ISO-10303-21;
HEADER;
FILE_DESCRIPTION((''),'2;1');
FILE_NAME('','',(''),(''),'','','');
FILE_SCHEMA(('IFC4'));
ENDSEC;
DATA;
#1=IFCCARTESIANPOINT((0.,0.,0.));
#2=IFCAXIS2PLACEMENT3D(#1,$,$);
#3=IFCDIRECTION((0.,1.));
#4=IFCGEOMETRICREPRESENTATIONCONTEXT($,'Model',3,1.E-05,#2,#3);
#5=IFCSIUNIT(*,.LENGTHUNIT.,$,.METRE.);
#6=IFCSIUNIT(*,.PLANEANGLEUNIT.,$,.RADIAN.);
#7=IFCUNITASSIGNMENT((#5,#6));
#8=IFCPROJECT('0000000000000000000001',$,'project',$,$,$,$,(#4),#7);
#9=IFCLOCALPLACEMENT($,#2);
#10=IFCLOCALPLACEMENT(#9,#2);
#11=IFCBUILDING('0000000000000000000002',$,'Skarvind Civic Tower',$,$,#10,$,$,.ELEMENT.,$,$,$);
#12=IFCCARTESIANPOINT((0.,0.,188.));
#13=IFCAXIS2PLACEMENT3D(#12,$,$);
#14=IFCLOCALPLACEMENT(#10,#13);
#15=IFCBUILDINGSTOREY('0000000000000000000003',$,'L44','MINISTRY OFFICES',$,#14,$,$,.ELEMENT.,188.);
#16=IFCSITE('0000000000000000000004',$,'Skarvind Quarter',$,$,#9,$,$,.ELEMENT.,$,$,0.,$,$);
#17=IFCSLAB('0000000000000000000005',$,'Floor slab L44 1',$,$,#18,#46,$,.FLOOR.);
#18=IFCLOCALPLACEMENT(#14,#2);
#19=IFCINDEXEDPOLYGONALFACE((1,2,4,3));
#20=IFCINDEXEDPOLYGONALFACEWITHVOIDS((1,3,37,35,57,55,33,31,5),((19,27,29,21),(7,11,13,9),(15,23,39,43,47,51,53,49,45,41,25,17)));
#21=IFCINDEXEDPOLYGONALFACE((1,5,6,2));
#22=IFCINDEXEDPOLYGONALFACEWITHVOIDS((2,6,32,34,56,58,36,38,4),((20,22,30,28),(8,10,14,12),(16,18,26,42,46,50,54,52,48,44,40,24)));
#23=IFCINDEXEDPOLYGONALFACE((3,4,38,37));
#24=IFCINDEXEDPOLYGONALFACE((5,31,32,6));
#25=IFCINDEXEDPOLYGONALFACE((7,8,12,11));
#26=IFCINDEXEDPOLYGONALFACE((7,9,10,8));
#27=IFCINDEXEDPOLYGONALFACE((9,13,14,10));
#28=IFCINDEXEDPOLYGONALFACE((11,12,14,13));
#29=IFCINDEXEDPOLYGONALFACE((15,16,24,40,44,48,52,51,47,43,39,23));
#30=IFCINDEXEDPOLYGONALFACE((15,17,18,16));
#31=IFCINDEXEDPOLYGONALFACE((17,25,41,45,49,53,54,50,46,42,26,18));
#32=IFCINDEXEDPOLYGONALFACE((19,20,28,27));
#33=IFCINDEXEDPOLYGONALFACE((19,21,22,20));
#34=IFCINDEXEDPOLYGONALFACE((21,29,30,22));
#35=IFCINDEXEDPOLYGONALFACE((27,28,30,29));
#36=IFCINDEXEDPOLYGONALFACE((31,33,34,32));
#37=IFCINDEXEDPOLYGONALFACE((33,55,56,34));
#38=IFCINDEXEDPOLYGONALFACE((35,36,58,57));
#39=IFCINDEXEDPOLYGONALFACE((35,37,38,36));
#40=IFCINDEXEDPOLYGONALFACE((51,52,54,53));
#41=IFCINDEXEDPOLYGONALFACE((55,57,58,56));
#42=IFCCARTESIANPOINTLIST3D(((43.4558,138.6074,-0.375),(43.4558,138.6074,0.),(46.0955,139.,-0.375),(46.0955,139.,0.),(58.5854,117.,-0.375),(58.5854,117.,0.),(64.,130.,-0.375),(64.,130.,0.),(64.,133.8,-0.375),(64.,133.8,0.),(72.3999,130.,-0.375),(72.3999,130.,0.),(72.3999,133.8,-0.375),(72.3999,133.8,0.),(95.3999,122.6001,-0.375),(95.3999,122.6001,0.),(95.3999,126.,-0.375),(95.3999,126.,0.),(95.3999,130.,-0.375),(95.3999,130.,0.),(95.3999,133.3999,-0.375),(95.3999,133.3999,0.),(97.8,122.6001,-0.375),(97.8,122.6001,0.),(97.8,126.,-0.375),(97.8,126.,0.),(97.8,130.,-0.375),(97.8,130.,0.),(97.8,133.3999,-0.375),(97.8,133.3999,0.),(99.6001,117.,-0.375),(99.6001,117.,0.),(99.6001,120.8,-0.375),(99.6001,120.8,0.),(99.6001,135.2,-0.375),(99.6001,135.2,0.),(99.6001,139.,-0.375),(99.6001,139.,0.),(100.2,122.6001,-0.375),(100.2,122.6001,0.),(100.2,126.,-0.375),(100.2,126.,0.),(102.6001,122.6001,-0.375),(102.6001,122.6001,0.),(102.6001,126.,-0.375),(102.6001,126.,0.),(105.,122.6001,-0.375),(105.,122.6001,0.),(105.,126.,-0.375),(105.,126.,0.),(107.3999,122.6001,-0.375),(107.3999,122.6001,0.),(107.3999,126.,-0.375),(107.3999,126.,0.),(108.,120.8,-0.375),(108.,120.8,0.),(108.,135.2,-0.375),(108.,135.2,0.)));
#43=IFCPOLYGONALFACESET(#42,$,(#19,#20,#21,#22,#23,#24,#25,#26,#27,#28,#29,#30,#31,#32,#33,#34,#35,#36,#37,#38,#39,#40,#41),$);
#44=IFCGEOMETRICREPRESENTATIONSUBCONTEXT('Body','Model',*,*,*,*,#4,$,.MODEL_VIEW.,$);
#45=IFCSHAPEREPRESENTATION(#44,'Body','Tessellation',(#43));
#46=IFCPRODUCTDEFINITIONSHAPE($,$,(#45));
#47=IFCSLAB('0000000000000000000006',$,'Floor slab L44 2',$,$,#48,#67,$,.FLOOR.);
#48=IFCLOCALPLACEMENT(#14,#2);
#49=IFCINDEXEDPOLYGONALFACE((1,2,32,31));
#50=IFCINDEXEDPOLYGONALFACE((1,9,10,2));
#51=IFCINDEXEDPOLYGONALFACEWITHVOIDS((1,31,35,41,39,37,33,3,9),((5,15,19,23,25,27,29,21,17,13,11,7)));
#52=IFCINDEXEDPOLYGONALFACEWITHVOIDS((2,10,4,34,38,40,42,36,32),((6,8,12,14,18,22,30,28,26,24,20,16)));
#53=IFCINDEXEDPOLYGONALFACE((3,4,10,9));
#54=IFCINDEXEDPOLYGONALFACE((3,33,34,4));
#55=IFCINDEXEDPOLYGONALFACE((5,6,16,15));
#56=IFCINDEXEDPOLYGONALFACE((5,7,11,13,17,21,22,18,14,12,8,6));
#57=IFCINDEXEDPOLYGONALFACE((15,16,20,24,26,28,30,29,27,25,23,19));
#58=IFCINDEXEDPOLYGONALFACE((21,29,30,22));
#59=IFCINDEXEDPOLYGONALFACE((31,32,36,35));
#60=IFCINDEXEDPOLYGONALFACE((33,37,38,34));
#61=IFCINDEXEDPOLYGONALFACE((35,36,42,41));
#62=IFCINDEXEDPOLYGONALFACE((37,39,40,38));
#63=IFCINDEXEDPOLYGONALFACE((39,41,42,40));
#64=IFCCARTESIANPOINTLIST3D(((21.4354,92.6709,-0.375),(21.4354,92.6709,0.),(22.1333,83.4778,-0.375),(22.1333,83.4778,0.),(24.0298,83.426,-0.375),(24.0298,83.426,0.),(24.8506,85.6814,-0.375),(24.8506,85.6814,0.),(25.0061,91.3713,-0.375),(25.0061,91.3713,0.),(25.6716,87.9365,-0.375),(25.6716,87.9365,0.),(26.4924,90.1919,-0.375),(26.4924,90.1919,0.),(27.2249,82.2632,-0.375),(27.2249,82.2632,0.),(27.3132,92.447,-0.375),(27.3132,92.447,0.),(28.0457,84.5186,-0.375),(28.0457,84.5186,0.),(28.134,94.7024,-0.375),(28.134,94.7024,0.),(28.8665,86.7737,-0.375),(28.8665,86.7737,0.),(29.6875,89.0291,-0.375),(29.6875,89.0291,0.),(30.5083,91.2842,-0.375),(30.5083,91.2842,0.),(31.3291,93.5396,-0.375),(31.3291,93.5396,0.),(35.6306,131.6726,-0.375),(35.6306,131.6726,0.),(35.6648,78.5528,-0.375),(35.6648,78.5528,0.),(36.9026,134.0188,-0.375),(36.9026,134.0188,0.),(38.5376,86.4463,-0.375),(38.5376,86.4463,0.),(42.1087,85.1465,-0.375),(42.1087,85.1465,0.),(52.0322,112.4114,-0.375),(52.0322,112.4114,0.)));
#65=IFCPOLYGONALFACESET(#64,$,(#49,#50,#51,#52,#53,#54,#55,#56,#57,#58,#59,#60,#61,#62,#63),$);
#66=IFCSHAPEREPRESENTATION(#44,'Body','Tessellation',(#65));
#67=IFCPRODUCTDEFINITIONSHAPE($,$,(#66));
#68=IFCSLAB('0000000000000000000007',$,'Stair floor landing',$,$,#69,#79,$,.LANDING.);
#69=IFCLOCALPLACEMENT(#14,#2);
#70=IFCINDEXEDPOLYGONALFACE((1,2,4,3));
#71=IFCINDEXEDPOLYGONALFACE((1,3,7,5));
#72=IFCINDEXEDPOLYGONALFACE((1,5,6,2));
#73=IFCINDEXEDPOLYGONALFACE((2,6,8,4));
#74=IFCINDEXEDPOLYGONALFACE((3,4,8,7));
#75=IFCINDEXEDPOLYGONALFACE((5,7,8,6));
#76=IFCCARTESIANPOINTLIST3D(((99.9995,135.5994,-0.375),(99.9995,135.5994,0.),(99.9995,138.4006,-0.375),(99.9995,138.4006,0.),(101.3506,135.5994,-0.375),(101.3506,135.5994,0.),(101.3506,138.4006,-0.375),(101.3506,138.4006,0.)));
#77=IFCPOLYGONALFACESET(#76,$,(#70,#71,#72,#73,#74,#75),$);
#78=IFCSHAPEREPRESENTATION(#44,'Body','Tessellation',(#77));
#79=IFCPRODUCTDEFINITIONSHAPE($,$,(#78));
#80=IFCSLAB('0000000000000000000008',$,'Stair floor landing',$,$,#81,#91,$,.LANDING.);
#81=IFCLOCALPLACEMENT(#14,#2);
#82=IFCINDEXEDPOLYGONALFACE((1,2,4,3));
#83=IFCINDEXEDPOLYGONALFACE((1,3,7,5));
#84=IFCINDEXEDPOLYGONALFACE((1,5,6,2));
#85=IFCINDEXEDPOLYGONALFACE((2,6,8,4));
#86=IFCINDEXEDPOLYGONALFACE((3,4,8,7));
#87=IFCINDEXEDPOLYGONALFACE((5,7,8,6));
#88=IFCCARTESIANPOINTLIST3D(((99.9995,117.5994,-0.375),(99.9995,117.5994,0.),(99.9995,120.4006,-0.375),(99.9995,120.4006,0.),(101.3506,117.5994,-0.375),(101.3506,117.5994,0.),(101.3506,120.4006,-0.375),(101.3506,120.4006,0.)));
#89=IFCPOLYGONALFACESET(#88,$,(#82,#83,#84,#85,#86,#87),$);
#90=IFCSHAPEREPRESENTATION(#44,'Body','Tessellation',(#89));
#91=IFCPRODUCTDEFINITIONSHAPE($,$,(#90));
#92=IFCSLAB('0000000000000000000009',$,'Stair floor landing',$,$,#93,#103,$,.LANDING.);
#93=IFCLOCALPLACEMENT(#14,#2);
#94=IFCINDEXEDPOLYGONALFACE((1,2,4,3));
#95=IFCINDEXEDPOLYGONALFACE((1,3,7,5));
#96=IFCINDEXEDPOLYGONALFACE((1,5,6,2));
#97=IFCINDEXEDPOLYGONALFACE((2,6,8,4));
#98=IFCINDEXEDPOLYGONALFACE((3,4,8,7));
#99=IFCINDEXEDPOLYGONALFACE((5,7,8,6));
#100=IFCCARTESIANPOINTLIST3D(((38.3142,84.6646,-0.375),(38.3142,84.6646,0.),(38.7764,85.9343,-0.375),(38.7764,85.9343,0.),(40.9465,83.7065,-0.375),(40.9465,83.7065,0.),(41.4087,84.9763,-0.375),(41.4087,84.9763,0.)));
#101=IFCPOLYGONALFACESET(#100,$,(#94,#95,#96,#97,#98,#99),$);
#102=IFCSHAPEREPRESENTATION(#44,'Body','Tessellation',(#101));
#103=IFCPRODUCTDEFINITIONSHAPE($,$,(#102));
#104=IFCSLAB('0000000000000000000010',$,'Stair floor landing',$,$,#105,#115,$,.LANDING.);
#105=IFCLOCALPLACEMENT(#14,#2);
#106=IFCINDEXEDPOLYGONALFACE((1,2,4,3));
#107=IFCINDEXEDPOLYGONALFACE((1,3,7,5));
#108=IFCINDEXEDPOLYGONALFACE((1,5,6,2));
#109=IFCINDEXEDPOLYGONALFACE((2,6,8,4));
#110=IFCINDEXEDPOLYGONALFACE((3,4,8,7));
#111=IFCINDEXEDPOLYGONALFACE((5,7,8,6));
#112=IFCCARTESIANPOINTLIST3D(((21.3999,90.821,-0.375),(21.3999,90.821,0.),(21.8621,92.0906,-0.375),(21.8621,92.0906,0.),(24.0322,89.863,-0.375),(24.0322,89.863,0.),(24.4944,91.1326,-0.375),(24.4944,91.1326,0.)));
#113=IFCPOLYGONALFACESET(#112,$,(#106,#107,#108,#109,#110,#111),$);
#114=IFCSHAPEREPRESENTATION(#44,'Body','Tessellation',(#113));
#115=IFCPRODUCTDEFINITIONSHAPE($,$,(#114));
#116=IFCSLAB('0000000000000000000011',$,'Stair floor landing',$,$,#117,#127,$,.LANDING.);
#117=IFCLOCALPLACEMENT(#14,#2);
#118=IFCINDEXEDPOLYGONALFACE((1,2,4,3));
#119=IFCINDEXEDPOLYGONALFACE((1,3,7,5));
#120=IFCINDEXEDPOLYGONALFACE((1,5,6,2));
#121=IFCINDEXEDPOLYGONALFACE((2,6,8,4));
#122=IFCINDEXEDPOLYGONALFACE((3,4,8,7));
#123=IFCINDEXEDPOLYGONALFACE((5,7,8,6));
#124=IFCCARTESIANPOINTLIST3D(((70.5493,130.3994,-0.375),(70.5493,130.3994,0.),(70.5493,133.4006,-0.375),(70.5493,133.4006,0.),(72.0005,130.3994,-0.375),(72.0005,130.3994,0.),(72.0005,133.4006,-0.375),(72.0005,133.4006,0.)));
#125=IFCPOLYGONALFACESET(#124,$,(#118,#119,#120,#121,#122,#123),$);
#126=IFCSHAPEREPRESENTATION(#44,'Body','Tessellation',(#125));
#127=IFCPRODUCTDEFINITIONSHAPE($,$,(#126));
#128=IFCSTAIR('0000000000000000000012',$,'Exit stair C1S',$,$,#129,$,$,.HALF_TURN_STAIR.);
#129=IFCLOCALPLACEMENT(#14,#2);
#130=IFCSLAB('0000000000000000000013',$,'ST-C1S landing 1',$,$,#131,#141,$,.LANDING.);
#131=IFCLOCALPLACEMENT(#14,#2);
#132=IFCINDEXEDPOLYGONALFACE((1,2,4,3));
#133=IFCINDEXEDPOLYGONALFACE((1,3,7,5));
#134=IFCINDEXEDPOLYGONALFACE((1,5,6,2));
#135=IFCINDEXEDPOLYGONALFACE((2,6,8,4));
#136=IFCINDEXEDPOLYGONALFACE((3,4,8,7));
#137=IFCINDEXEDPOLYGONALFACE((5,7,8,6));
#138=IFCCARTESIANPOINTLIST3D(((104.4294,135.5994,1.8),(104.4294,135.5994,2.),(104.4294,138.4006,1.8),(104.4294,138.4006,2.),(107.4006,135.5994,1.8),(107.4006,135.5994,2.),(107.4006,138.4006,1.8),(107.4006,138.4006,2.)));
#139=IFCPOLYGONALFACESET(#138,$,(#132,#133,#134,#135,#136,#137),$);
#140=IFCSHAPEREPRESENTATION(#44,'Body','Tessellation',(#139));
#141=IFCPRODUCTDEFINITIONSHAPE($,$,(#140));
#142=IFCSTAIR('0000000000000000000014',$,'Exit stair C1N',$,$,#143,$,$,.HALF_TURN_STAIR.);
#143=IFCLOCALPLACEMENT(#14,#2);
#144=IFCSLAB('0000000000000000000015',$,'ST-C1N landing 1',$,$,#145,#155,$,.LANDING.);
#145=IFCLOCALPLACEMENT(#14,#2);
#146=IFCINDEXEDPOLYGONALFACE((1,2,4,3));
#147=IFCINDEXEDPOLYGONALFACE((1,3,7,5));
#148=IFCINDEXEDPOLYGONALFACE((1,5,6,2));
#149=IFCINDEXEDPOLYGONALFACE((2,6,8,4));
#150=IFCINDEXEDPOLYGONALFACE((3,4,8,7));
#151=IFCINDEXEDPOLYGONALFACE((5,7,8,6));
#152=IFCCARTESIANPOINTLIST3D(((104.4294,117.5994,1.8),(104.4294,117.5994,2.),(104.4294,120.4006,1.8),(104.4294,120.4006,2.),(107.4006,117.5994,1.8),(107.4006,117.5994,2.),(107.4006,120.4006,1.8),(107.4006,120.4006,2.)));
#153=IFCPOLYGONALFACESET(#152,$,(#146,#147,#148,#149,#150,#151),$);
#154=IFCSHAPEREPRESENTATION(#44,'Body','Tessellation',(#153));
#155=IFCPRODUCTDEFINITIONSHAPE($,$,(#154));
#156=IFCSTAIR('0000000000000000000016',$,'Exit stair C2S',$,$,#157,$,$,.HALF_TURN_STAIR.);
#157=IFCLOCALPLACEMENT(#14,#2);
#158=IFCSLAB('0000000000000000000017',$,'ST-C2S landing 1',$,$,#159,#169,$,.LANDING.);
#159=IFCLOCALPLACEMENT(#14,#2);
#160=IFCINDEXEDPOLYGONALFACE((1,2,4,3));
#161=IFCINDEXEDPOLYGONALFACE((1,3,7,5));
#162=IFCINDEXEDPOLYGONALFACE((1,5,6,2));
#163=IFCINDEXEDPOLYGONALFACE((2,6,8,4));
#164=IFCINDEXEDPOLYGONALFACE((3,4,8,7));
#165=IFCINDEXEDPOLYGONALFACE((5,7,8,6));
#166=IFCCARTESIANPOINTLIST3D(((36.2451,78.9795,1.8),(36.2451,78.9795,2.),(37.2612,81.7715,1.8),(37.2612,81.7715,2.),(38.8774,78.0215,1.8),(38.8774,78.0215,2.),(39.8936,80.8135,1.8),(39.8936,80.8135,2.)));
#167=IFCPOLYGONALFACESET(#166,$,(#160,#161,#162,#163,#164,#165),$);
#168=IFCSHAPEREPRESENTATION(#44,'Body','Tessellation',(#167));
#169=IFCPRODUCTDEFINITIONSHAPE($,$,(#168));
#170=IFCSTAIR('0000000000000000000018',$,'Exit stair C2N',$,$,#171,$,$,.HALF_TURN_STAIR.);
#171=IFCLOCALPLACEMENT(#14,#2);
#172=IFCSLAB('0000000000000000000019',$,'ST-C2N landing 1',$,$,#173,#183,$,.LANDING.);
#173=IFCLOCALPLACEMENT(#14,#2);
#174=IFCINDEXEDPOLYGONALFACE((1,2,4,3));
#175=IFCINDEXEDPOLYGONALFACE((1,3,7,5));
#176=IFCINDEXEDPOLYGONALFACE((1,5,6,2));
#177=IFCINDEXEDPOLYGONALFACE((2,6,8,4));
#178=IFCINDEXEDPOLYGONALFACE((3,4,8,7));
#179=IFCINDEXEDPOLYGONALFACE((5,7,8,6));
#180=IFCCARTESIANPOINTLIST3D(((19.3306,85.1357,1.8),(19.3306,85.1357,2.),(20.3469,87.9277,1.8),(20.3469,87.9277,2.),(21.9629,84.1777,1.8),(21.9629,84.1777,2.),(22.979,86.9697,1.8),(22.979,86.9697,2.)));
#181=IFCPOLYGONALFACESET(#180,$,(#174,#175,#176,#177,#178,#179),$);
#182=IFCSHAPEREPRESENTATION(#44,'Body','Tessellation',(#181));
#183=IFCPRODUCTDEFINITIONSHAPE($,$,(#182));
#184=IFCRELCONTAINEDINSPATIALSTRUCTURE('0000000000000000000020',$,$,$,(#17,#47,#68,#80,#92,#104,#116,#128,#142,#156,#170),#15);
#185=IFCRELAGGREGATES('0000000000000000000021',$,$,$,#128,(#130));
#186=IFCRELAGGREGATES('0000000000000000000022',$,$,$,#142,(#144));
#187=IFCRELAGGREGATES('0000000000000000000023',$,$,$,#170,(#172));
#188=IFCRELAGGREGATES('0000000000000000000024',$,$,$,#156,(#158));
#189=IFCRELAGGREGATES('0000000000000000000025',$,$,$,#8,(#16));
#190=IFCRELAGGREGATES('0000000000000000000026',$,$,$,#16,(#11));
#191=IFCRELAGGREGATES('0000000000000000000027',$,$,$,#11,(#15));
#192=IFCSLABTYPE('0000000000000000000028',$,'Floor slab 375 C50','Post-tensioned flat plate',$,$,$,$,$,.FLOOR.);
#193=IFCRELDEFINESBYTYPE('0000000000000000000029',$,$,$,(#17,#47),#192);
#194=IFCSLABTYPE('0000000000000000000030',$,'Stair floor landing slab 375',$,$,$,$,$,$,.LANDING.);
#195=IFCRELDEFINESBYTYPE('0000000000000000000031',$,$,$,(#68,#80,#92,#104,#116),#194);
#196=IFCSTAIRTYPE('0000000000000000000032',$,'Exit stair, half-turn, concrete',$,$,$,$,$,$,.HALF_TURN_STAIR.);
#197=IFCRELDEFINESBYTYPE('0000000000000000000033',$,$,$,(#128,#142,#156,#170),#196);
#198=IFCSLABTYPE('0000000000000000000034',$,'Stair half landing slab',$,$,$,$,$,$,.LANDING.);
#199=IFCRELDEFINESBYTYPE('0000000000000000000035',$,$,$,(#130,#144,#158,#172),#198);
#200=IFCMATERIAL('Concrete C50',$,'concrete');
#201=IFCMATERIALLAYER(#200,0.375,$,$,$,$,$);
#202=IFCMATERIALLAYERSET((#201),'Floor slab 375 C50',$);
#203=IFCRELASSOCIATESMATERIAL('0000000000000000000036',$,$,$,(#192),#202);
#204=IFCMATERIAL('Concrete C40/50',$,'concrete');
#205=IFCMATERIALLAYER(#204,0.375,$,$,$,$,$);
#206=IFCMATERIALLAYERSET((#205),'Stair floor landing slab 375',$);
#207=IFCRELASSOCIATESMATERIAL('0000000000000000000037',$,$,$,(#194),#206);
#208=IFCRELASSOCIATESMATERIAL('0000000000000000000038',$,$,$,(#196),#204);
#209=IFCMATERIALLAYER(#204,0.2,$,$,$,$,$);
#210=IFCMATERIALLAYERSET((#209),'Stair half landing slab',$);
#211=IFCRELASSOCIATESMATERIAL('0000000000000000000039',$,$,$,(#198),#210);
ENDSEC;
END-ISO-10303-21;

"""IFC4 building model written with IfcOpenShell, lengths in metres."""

from ifc_helpers import new_model, si_unit, direction, frame, origin, place, context, subcontext, project, spatial, polyline, outline, extrude, material, layer, layer_set, type_object, element, aggregate, save


model = new_model("IFC4")

# Units and contexts
model_context = context("Model", 3, precision=1e-05, world=origin(), true_north=direction((0.0, 1.0)))
body_context = subcontext(model_context, "Body", "Model", "MODEL_VIEW")
ifc_project = project(units=[si_unit("LENGTHUNIT", "METRE"), si_unit("PLANEANGLEUNIT", "RADIAN")], contexts=[model_context])

# Site, building, storey
site_placement = place(None, origin())
site = spatial("IfcSite", under=ifc_project, at=site_placement, Name="Skarvind Quarter", CompositionType="ELEMENT", RefElevation=0.0)
building_placement = place(site_placement, origin())
building = spatial("IfcBuilding", under=site, at=building_placement, Name="Skarvind Civic Tower", CompositionType="ELEMENT")
storey_placement = place(building_placement, frame((0.0, 0.0, 188.0)))
storey = spatial("IfcBuildingStorey", under=building, at=storey_placement, Name="L44", Description="MINISTRY OFFICES", CompositionType="ELEMENT", Elevation=188.0)

# Slabs
ifc_material_1 = material(Name="Concrete C50", Category="concrete")
ifc_layer_1 = layer(ifc_material_1, 0.375)
ifc_layer_set_1 = layer_set([ifc_layer_1], Name="Floor slab 375 C50")
slab_type_1 = type_object("IfcSlabType", Name="Floor slab 375 C50", Description="Post-tensioned flat plate", PredefinedType="FLOOR", material=ifc_layer_set_1)
slab_1_placement = place(storey_placement, frame((0.0, 0.0, -0.375)))
element("IfcSlab", 1, at=slab_1_placement, inside=storey, type_object=slab_type_1, Name="Floor slab L44 1", PredefinedType="FLOOR", context=body_context, shape_type="SweptSolid", body=[
    extrude(outline(polyline([(108.0, 135.2), (99.6001, 135.2), (99.6001, 139.0), (46.0955, 139.0), (43.4558, 138.6074), (58.5854, 117.0), (99.6001, 117.0), (99.6001, 120.8), (108.0, 120.8), (108.0, 135.2)]), holes=[polyline([(64.0, 130.0), (64.0, 133.8), (72.3999, 133.8), (72.3999, 130.0), (64.0, 130.0)]), polyline([(100.2, 126.0), (102.6001, 126.0), (105.0, 126.0), (107.3999, 126.0), (107.3999, 122.6001), (105.0, 122.6001), (102.6001, 122.6001), (100.2, 122.6001), (97.8, 122.6001), (95.3999, 122.6001), (95.3999, 126.0), (97.8, 126.0), (100.2, 126.0)]), polyline([(97.8, 130.0), (95.3999, 130.0), (95.3999, 133.3999), (97.8, 133.3999), (97.8, 130.0)])]), origin(), (0.0, 0.0, 1.0), 0.375),
])
slab_2_placement = place(storey_placement, frame((0.0, 0.0, -0.375)))
element("IfcSlab", 2, at=slab_2_placement, inside=storey, type_object=slab_type_1, Name="Floor slab L44 2", PredefinedType="FLOOR", context=body_context, shape_type="SweptSolid", body=[
    extrude(outline(polyline([(36.8865, 78.1082), (35.6648, 78.5527), (38.5376, 86.4463), (42.1086, 85.1465), (40.0908, 79.6023), (40.0908, 79.6023), (52.0322, 112.4114), (36.9026, 134.0188), (35.6306, 131.6726), (19.4175, 87.1267), (21.4353, 92.6709), (25.0061, 91.3713), (22.1333, 83.4778), (36.8865, 78.1082)]), holes=[polyline([(25.6716, 87.9365), (26.4924, 90.1919), (27.3132, 92.447), (28.134, 94.7024), (31.3291, 93.5396), (30.5083, 91.2842), (29.6875, 89.0291), (28.8665, 86.7737), (28.8665, 86.7737), (28.0457, 84.5186), (27.2249, 82.2632), (24.0298, 83.426), (24.8506, 85.6814), (25.6716, 87.9365), (25.6716, 87.9365)])]), origin(), (0.0, 0.0, 1.0), 0.375),
])
ifc_material_2 = material(Name="Concrete C40/50", Category="concrete")
ifc_layer_2 = layer(ifc_material_2, 0.375)
ifc_layer_set_2 = layer_set([ifc_layer_2], Name="Stair floor landing slab 375")
slab_type_2 = type_object("IfcSlabType", Name="Stair floor landing slab 375", PredefinedType="LANDING", material=ifc_layer_set_2)
slab_3_placement = place(storey_placement, frame((0.0, 0.0, -0.375)))
element("IfcSlab", 3, at=slab_3_placement, inside=storey, type_object=slab_type_2, Name="Stair floor landing", PredefinedType="LANDING", context=body_context, shape_type="SweptSolid", body=[
    extrude(outline(polyline([(101.3506, 138.4006), (101.3506, 135.5994), (99.9995, 135.5994), (99.9995, 138.4006), (101.3506, 138.4006)])), origin(), (0.0, 0.0, 1.0), 0.375),
])
slab_4_placement = place(storey_placement, frame((0.0, 0.0, -0.375)))
element("IfcSlab", 4, at=slab_4_placement, inside=storey, type_object=slab_type_2, Name="Stair floor landing", PredefinedType="LANDING", context=body_context, shape_type="SweptSolid", body=[
    extrude(outline(polyline([(101.3506, 120.4006), (101.3506, 117.5994), (99.9995, 117.5994), (99.9995, 120.4006), (101.3506, 120.4006)])), origin(), (0.0, 0.0, 1.0), 0.375),
])
slab_5_placement = place(storey_placement, frame((0.0, 0.0, -0.375)))
element("IfcSlab", 5, at=slab_5_placement, inside=storey, type_object=slab_type_2, Name="Stair floor landing", PredefinedType="LANDING", context=body_context, shape_type="SweptSolid", body=[
    extrude(outline(polyline([(40.9465, 83.7065), (38.3142, 84.6646), (38.7764, 85.9343), (41.4087, 84.9763), (40.9465, 83.7065)])), origin(), (0.0, 0.0, 1.0), 0.375),
])
slab_6_placement = place(storey_placement, frame((0.0, 0.0, -0.375)))
element("IfcSlab", 6, at=slab_6_placement, inside=storey, type_object=slab_type_2, Name="Stair floor landing", PredefinedType="LANDING", context=body_context, shape_type="SweptSolid", body=[
    extrude(outline(polyline([(24.0322, 89.863), (21.3999, 90.821), (21.8621, 92.0906), (24.4944, 91.1326), (24.0322, 89.863)])), origin(), (0.0, 0.0, 1.0), 0.375),
])
slab_7_placement = place(storey_placement, frame((0.0, 0.0, -0.375)))
element("IfcSlab", 7, at=slab_7_placement, inside=storey, type_object=slab_type_2, Name="Stair floor landing", PredefinedType="LANDING", context=body_context, shape_type="SweptSolid", body=[
    extrude(outline(polyline([(70.5493, 130.3994), (70.5493, 133.4006), (72.0005, 133.4006), (72.0005, 130.3994), (70.5493, 130.3994)])), origin(), (0.0, 0.0, 1.0), 0.375),
])

# Stairs, slabs
stair_type_1 = type_object("IfcStairType", Name="Exit stair, half-turn, concrete", PredefinedType="HALF_TURN_STAIR", material=ifc_material_2)
stair_1_placement = place(storey_placement, origin())
stair_1 = element("IfcStair", 8, at=stair_1_placement, inside=storey, type_object=stair_type_1, Name="Exit stair C1S", PredefinedType="HALF_TURN_STAIR")
ifc_layer_3 = layer(ifc_material_2, 0.2)
ifc_layer_set_3 = layer_set([ifc_layer_3], Name="Stair half landing slab")
slab_type_3 = type_object("IfcSlabType", Name="Stair half landing slab", PredefinedType="LANDING", material=ifc_layer_set_3)
slab_8_placement = place(storey_placement, frame((0.0, 0.0, 1.8)))
slab_8 = element("IfcSlab", 9, at=slab_8_placement, type_object=slab_type_3, Name="ST-C1S landing 1", PredefinedType="LANDING", context=body_context, shape_type="SweptSolid", body=[
    extrude(outline(polyline([(104.4294, 135.5994), (104.4294, 138.4006), (107.4006, 138.4006), (107.4006, 135.5994), (104.4294, 135.5994)])), origin(), (0.0, 0.0, 1.0), 0.2),
])
aggregate(stair_1, [slab_8])
stair_2_placement = place(storey_placement, origin())
stair_2 = element("IfcStair", 10, at=stair_2_placement, inside=storey, type_object=stair_type_1, Name="Exit stair C1N", PredefinedType="HALF_TURN_STAIR")
slab_9_placement = place(storey_placement, frame((0.0, 0.0, 1.8)))
slab_9 = element("IfcSlab", 11, at=slab_9_placement, type_object=slab_type_3, Name="ST-C1N landing 1", PredefinedType="LANDING", context=body_context, shape_type="SweptSolid", body=[
    extrude(outline(polyline([(104.4294, 117.5994), (104.4294, 120.4006), (107.4006, 120.4006), (107.4006, 117.5994), (104.4294, 117.5994)])), origin(), (0.0, 0.0, 1.0), 0.2),
])
aggregate(stair_2, [slab_9])
stair_3_placement = place(storey_placement, origin())
stair_3 = element("IfcStair", 12, at=stair_3_placement, inside=storey, type_object=stair_type_1, Name="Exit stair C2S", PredefinedType="HALF_TURN_STAIR")
slab_10_placement = place(storey_placement, frame((0.0, 0.0, 1.8)))
slab_10 = element("IfcSlab", 13, at=slab_10_placement, type_object=slab_type_3, Name="ST-C2S landing 1", PredefinedType="LANDING", context=body_context, shape_type="SweptSolid", body=[
    extrude(outline(polyline([(37.2612, 81.7715), (39.8936, 80.8135), (38.8774, 78.0215), (36.2451, 78.9795), (37.2612, 81.7715)])), origin(), (0.0, 0.0, 1.0), 0.2),
])
stair_4_placement = place(storey_placement, origin())
stair_4 = element("IfcStair", 14, at=stair_4_placement, inside=storey, type_object=stair_type_1, Name="Exit stair C2N", PredefinedType="HALF_TURN_STAIR")
slab_11_placement = place(storey_placement, frame((0.0, 0.0, 1.8)))
slab_11 = element("IfcSlab", 15, at=slab_11_placement, type_object=slab_type_3, Name="ST-C2N landing 1", PredefinedType="LANDING", context=body_context, shape_type="SweptSolid", body=[
    extrude(outline(polyline([(20.3469, 87.9277), (22.979, 86.9697), (21.9629, 84.1777), (19.3306, 85.1357), (20.3469, 87.9277)])), origin(), (0.0, 0.0, 1.0), 0.2),
])
aggregate(stair_4, [slab_11])

aggregate(stair_3, [slab_10])

save(model, "model.ifc")
